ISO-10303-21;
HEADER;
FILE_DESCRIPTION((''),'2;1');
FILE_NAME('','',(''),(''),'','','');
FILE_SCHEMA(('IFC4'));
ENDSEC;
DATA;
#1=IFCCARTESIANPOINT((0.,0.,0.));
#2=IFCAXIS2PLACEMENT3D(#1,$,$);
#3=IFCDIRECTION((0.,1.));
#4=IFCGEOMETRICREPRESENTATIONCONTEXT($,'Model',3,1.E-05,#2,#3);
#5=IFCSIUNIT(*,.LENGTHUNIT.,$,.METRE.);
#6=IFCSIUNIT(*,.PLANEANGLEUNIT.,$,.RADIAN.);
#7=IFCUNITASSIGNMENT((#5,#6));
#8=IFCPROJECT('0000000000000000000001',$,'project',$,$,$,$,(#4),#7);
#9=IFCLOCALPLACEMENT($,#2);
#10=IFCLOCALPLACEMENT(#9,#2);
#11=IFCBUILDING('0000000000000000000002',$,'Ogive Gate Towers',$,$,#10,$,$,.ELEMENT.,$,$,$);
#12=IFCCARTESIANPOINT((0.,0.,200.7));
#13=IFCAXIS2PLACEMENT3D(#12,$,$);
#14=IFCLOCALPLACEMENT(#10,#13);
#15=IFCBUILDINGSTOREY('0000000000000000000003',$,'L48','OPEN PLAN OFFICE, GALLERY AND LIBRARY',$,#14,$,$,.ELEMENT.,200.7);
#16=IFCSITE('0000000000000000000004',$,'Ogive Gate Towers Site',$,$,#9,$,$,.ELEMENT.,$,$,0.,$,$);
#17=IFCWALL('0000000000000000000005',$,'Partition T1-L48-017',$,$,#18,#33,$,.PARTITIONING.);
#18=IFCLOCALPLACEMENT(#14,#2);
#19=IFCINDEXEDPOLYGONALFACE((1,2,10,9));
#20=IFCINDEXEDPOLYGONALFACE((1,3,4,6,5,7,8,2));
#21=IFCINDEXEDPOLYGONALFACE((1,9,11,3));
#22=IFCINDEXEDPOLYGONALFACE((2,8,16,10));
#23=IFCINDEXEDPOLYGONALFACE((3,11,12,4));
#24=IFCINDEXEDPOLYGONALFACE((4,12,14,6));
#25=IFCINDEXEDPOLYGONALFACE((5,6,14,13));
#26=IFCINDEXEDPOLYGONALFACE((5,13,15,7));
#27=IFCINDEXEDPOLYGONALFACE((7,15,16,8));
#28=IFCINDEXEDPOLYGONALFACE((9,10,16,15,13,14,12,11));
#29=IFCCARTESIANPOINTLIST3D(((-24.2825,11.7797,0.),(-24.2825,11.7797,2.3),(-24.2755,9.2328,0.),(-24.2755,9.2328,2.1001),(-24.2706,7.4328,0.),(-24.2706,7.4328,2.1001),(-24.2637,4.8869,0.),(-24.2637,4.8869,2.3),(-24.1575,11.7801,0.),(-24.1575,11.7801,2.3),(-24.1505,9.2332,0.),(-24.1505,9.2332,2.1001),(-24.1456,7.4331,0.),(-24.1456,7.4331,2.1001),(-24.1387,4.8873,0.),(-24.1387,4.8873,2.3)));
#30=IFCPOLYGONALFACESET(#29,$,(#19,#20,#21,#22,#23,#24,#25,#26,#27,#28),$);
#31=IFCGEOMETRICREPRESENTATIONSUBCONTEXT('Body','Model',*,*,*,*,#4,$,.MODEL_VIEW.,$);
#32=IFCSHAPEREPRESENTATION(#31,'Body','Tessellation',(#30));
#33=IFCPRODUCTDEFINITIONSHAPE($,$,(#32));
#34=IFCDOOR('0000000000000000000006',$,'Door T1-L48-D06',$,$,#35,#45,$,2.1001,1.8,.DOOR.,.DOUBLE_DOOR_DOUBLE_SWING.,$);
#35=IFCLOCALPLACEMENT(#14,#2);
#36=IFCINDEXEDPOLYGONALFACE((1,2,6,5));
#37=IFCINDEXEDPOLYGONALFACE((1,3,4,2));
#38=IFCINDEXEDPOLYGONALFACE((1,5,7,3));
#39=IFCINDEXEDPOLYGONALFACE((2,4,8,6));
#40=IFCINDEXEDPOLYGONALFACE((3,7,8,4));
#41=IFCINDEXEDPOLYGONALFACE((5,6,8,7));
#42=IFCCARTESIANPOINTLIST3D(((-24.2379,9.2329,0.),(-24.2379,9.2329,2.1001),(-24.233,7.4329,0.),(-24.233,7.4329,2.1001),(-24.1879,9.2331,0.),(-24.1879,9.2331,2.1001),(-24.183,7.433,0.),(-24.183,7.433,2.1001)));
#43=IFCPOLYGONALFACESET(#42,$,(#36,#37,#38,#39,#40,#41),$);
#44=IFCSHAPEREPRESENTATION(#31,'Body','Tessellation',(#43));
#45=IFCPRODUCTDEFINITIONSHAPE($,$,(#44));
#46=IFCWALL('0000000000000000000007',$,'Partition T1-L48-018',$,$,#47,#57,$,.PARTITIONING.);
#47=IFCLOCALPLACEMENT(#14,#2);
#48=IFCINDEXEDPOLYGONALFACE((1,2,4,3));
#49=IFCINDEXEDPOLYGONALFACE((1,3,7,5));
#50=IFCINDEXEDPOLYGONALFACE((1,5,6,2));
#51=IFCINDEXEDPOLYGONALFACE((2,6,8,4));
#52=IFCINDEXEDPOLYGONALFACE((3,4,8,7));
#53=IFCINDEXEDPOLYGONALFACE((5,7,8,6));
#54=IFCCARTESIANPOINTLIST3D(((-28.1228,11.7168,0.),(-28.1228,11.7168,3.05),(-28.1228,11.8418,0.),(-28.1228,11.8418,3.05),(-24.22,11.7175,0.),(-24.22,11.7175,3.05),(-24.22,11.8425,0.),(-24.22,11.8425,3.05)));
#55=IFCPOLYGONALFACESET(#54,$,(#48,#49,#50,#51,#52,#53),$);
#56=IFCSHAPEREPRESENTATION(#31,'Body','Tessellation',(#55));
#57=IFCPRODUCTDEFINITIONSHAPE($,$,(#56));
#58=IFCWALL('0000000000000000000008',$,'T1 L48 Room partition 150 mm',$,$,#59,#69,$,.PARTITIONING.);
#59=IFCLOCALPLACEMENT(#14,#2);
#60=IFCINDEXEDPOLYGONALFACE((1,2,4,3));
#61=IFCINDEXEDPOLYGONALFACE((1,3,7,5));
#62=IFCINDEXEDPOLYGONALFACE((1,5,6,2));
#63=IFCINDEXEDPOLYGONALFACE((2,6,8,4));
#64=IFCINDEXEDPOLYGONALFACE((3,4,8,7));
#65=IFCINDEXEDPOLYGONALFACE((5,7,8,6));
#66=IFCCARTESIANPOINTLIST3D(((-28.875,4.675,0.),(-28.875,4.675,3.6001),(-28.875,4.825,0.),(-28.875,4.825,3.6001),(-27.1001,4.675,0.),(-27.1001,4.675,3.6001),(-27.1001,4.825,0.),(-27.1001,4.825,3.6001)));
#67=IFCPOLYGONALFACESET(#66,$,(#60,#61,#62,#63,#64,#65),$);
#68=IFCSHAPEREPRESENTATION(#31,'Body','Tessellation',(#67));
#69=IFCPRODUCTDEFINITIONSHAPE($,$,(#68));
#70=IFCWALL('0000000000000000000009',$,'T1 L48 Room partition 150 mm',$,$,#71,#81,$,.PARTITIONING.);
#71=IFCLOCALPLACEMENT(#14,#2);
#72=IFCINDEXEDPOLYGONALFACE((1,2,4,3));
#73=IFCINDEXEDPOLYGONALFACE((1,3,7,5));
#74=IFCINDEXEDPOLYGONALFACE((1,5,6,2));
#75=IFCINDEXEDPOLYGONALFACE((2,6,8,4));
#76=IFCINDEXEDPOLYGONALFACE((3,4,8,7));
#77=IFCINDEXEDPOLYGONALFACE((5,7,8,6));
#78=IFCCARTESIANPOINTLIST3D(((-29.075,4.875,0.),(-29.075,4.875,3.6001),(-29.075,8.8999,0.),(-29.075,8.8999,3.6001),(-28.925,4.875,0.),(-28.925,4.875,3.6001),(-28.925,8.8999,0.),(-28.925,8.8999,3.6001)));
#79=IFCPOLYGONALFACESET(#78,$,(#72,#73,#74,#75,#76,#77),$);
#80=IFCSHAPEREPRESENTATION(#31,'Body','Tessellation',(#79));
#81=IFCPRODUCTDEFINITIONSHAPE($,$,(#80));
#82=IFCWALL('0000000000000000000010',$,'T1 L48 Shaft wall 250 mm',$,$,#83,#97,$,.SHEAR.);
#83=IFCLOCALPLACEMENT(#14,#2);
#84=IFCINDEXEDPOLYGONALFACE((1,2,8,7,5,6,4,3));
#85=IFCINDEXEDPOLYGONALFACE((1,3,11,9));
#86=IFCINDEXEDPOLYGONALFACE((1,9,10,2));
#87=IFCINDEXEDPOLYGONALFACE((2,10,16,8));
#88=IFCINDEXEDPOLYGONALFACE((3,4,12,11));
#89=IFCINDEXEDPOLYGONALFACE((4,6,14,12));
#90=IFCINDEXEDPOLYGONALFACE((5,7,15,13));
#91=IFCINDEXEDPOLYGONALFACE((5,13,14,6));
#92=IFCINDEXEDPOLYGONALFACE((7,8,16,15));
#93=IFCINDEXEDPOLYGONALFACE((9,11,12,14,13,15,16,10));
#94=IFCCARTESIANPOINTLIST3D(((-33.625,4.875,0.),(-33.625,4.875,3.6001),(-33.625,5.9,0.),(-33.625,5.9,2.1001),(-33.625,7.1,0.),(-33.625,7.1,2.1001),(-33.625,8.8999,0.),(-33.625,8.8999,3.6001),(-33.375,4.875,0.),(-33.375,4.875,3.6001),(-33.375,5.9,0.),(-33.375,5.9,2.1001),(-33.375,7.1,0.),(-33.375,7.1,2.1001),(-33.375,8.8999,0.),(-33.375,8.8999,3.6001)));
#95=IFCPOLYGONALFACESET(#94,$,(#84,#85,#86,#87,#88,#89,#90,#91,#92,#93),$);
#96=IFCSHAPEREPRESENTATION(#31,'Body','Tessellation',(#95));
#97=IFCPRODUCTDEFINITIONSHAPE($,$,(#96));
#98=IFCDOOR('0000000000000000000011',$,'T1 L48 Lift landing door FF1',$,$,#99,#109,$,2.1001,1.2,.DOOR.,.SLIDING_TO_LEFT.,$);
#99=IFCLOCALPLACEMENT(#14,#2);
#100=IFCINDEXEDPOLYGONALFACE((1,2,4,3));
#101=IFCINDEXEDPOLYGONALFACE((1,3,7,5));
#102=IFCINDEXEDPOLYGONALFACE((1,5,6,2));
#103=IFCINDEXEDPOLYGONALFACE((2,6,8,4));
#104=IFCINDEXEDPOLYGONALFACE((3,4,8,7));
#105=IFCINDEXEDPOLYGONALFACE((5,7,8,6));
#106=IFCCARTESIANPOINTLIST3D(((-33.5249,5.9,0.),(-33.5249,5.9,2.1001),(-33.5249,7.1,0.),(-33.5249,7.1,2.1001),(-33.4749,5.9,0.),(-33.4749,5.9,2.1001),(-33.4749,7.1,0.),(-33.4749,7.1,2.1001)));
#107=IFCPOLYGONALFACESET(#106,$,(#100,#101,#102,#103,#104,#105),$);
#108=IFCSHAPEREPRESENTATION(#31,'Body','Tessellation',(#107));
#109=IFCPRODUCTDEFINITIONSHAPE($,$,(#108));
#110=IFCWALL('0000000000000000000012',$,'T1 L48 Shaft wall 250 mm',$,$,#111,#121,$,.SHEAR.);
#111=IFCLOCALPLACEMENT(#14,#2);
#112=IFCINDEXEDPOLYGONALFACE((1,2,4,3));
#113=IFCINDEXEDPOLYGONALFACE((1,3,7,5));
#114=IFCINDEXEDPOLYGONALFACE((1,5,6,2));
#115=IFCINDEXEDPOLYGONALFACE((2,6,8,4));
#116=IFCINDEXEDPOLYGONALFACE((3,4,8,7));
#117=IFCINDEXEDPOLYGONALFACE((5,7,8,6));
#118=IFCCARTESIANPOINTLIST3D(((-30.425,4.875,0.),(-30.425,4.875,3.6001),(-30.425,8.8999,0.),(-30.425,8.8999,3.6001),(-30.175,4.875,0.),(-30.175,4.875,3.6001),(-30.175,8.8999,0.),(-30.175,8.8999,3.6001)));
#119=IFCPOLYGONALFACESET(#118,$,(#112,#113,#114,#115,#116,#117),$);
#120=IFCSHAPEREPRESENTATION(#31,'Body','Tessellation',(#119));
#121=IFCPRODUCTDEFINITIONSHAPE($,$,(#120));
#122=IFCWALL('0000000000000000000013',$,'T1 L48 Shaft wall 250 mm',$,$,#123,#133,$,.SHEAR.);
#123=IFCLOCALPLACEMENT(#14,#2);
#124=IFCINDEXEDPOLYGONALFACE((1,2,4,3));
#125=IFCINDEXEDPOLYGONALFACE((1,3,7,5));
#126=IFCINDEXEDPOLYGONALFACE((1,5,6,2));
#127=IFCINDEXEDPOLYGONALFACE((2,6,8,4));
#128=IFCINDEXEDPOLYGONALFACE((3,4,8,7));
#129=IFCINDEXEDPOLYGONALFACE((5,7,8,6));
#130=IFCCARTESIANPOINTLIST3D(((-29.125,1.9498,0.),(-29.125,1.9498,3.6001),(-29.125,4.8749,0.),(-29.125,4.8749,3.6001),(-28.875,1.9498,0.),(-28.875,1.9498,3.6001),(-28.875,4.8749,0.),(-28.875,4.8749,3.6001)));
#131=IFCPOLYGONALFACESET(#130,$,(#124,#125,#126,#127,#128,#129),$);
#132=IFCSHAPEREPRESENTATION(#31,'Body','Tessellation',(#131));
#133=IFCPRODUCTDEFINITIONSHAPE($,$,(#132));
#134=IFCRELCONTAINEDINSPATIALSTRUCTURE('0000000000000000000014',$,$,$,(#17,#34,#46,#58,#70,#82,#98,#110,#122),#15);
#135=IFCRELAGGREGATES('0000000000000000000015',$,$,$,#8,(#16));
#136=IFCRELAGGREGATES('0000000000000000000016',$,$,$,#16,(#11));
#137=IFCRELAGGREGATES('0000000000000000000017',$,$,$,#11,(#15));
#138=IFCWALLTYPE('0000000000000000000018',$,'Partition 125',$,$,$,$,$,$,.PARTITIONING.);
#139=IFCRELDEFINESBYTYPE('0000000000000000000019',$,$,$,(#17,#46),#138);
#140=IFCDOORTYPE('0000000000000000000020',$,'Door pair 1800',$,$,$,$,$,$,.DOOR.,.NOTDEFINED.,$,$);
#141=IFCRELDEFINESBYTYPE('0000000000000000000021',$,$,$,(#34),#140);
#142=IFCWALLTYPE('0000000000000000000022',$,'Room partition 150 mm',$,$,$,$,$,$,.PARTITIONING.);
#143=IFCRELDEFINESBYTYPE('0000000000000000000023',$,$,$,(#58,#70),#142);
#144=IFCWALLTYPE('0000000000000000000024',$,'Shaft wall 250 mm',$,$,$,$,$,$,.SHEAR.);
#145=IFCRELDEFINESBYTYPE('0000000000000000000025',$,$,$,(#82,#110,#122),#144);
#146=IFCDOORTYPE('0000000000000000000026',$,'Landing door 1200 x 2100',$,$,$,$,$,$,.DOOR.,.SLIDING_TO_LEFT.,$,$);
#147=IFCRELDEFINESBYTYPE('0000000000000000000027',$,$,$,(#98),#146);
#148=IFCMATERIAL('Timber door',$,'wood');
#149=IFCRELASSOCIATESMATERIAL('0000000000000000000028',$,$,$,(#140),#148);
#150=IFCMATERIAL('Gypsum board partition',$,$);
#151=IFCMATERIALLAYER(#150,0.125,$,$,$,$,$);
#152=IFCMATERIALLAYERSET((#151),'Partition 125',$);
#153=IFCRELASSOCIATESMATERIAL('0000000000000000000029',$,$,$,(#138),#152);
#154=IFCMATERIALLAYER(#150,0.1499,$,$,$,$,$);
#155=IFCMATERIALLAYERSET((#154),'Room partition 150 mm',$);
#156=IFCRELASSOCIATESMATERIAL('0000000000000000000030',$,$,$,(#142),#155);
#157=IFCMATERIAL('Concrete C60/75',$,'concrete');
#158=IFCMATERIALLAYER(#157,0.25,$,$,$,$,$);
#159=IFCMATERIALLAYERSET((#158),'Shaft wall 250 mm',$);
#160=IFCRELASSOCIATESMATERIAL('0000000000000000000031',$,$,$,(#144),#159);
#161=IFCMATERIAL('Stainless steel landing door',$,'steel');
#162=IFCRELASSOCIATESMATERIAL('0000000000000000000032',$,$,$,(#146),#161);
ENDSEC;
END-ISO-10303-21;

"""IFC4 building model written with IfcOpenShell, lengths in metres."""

from ifc_helpers import new_model, si_unit, direction, frame, frame_2d, origin, place, context, subcontext, project, spatial, rectangle, extrude, material, layer, layer_set, type_object, element, fill, save


model = new_model("IFC4")

# Units and contexts
model_context = context("Model", 3, precision=1e-05, world=origin(), true_north=direction((0.0, 1.0)))
body_context = subcontext(model_context, "Body", "Model", "MODEL_VIEW")
ifc_project = project(units=[si_unit("LENGTHUNIT", "METRE"), si_unit("PLANEANGLEUNIT", "RADIAN")], contexts=[model_context])

# Site, building, storey
site_placement = place(None, origin())
site = spatial("IfcSite", under=ifc_project, at=site_placement, Name="Ogive Gate Towers Site", CompositionType="ELEMENT", RefElevation=0.0)
building_placement = place(site_placement, origin())
building = spatial("IfcBuilding", under=site, at=building_placement, Name="Ogive Gate Towers", CompositionType="ELEMENT")
storey_placement = place(building_placement, frame((0.0, 0.0, 200.7)))
storey = spatial("IfcBuildingStorey", under=building, at=storey_placement, Name="L48", Description="OPEN PLAN OFFICE, GALLERY AND LIBRARY", CompositionType="ELEMENT", Elevation=200.7)

# Shared definitions
ifc_material_1 = material(Name="Timber door", Category="wood")
door_type_1 = type_object("IfcDoorType", Name="Door pair 1800", OperationType="NOTDEFINED", PredefinedType="DOOR", material=ifc_material_1)

# Shared definitions
ifc_material_2 = material(Name="Gypsum board partition")
ifc_layer_1 = layer(ifc_material_2, 0.125)
ifc_layer_set_1 = layer_set([ifc_layer_1], Name="Partition 125")
wall_type_1 = type_object("IfcWallType", Name="Partition 125", PredefinedType="PARTITIONING", material=ifc_layer_set_1)

# Wall, opening, door
wall_1_placement = place(storey_placement, frame((-24.2012, 4.8872, 0.0), z_axis=(0.0, 0.0, 1.0), x_axis=(-0.002727, 0.999996, 0.0)))
wall_1 = element("IfcWall", 1, at=wall_1_placement, inside=storey, type_object=wall_type_1, Name="Partition T1-L48-017", PredefinedType="PARTITIONING", context=body_context, shape_type="SweptSolid", body=[
    extrude(rectangle(XDim=6.8928, YDim=0.125, at=frame_2d((3.4463, 0.0))), origin(), (0.0, 0.0, 1.0), 2.3),
])
opening_1_placement = place(wall_1_placement, frame((2.5459, 0.0, 0.0)))
opening_1 = element("IfcOpeningElement", 2, at=opening_1_placement, cuts=wall_1, PredefinedType="OPENING", context=body_context, shape_type="SweptSolid", body=[
    extrude(rectangle(XDim=1.8, YDim=2.1001, at=frame_2d((0.8999, 1.05))), frame((0.0, 0.0725, 0.0), z_axis=(0.0, -1.0, 0.0), x_axis=(1.0, 0.0, 0.0)), (0.0, 0.0, 1.0), 0.145),
])
door_1_placement = place(opening_1_placement, origin())
door_1 = element("IfcDoor", 3, at=door_1_placement, inside=storey, type_object=door_type_1, Name="Door T1-L48-D06", OperationType="DOUBLE_DOOR_DOUBLE_SWING", OverallHeight=2.1001, OverallWidth=1.8, PredefinedType="DOOR", context=body_context, shape_type="SweptSolid", body=[
    extrude(rectangle(XDim=1.8, YDim=2.1001, at=frame_2d((0.8999, 1.05))), frame((0.0, 0.0249, 0.0), z_axis=(0.0, -1.0, 0.0), x_axis=(1.0, 0.0, 0.0)), (0.0, 0.0, 1.0), 0.05),
])
fill(opening_1, door_1)

# Walls
wall_2_placement = place(storey_placement, frame((-24.22, 11.78, 0.0), z_axis=(0.0, 0.0, 1.0), x_axis=(-1.0, -0.000188, 0.0)))
element("IfcWall", 4, at=wall_2_placement, inside=storey, type_object=wall_type_1, Name="Partition T1-L48-018", PredefinedType="PARTITIONING", context=body_context, shape_type="SweptSolid", body=[
    extrude(rectangle(XDim=3.9028, YDim=0.125, at=frame_2d((1.9514, 0.0))), origin(), (0.0, 0.0, 1.0), 3.05),
])
ifc_layer_2 = layer(ifc_material_2, 0.1499)
ifc_layer_set_2 = layer_set([ifc_layer_2], Name="Room partition 150 mm")
wall_type_2 = type_object("IfcWallType", Name="Room partition 150 mm", PredefinedType="PARTITIONING", material=ifc_layer_set_2)
wall_3_placement = place(storey_placement, frame((-28.875, 4.75, 0.0), z_axis=(0.0, 0.0, 1.0), x_axis=(1.0, 0.0, 0.0)))
element("IfcWall", 5, at=wall_3_placement, inside=storey, type_object=wall_type_2, Name="T1 L48 Room partition 150 mm", PredefinedType="PARTITIONING", context=body_context, shape_type="SweptSolid", body=[
    extrude(rectangle(XDim=1.7749, YDim=0.1499, at=frame_2d((0.8875, 0.0))), origin(), (0.0, 0.0, 1.0), 3.6001),
])
wall_4_placement = place(storey_placement, frame((-29.0, 4.875, 0.0), z_axis=(0.0, 0.0, 1.0), x_axis=(0.0, 1.0, 0.0)))
element("IfcWall", 6, at=wall_4_placement, inside=storey, type_object=wall_type_2, Name="T1 L48 Room partition 150 mm", PredefinedType="PARTITIONING", context=body_context, shape_type="SweptSolid", body=[
    extrude(rectangle(XDim=4.0249, YDim=0.1499, at=frame_2d((2.0125, 0.0))), origin(), (0.0, 0.0, 1.0), 3.6001),
])

# Wall, opening, door
ifc_material_3 = material(Name="Concrete C60/75", Category="concrete")
ifc_layer_3 = layer(ifc_material_3, 0.25)
ifc_layer_set_3 = layer_set([ifc_layer_3], Name="Shaft wall 250 mm")
wall_type_3 = type_object("IfcWallType", Name="Shaft wall 250 mm", PredefinedType="SHEAR", material=ifc_layer_set_3)
wall_5_placement = place(storey_placement, frame((-33.5, 4.875, 0.0), z_axis=(0.0, 0.0, 1.0), x_axis=(0.0, 1.0, 0.0)))
wall_5 = element("IfcWall", 7, at=wall_5_placement, inside=storey, type_object=wall_type_3, Name="T1 L48 Shaft wall 250 mm", PredefinedType="SHEAR", context=body_context, shape_type="SweptSolid", body=[
    extrude(rectangle(XDim=4.0249, YDim=0.25, at=frame_2d((2.0125, 0.0))), origin(), (0.0, 0.0, 1.0), 3.6001),
])
opening_2_placement = place(wall_5_placement, frame((1.0249, 0.0, 0.0)))
opening_2 = element("IfcOpeningElement", 8, at=opening_2_placement, cuts=wall_5, PredefinedType="OPENING", context=body_context, shape_type="SweptSolid", body=[
    extrude(rectangle(XDim=1.2, YDim=2.1001, at=frame_2d((0.6001, 1.05))), frame((0.0, 0.135, 0.0), z_axis=(0.0, -1.0, 0.0), x_axis=(1.0, 0.0, 0.0)), (0.0, 0.0, 1.0), 0.27),
])
ifc_material_4 = material(Name="Stainless steel landing door", Category="steel")
door_type_2 = type_object("IfcDoorType", Name="Landing door 1200 x 2100", OperationType="SLIDING_TO_LEFT", PredefinedType="DOOR", material=ifc_material_4)
door_2_placement = place(opening_2_placement, origin())
door_2 = element("IfcDoor", 9, at=door_2_placement, inside=storey, type_object=door_type_2, Name="T1 L48 Lift landing door FF1", OperationType="SLIDING_TO_LEFT", OverallHeight=2.1001, OverallWidth=1.2, PredefinedType="DOOR", context=body_context, shape_type="SweptSolid", body=[
    extrude(rectangle(XDim=1.2, YDim=2.1001, at=frame_2d((0.6001, 1.05))), frame((0.0, 0.0249, 0.0), z_axis=(0.0, -1.0, 0.0), x_axis=(1.0, 0.0, 0.0)), (0.0, 0.0, 1.0), 0.05),
])
fill(opening_2, door_2)

# Walls
wall_6_placement = place(storey_placement, frame((-30.3, 4.875, 0.0), z_axis=(0.0, 0.0, 1.0), x_axis=(0.0, 1.0, 0.0)))
element("IfcWall", 10, at=wall_6_placement, inside=storey, type_object=wall_type_3, Name="T1 L48 Shaft wall 250 mm", PredefinedType="SHEAR", context=body_context, shape_type="SweptSolid", body=[
    extrude(rectangle(XDim=4.0249, YDim=0.25, at=frame_2d((2.0125, 0.0))), origin(), (0.0, 0.0, 1.0), 3.6001),
])
wall_7_placement = place(storey_placement, frame((-29.0, 1.95, 0.0), z_axis=(0.0, 0.0, 1.0), x_axis=(0.0, 1.0, 0.0)))
element("IfcWall", 11, at=wall_7_placement, inside=storey, type_object=wall_type_3, Name="T1 L48 Shaft wall 250 mm", PredefinedType="SHEAR", context=body_context, shape_type="SweptSolid", body=[
    extrude(rectangle(XDim=2.925, YDim=0.25, at=frame_2d((1.4624, 0.0))), origin(), (0.0, 0.0, 1.0), 3.6001),
])

save(model, "model.ifc")
